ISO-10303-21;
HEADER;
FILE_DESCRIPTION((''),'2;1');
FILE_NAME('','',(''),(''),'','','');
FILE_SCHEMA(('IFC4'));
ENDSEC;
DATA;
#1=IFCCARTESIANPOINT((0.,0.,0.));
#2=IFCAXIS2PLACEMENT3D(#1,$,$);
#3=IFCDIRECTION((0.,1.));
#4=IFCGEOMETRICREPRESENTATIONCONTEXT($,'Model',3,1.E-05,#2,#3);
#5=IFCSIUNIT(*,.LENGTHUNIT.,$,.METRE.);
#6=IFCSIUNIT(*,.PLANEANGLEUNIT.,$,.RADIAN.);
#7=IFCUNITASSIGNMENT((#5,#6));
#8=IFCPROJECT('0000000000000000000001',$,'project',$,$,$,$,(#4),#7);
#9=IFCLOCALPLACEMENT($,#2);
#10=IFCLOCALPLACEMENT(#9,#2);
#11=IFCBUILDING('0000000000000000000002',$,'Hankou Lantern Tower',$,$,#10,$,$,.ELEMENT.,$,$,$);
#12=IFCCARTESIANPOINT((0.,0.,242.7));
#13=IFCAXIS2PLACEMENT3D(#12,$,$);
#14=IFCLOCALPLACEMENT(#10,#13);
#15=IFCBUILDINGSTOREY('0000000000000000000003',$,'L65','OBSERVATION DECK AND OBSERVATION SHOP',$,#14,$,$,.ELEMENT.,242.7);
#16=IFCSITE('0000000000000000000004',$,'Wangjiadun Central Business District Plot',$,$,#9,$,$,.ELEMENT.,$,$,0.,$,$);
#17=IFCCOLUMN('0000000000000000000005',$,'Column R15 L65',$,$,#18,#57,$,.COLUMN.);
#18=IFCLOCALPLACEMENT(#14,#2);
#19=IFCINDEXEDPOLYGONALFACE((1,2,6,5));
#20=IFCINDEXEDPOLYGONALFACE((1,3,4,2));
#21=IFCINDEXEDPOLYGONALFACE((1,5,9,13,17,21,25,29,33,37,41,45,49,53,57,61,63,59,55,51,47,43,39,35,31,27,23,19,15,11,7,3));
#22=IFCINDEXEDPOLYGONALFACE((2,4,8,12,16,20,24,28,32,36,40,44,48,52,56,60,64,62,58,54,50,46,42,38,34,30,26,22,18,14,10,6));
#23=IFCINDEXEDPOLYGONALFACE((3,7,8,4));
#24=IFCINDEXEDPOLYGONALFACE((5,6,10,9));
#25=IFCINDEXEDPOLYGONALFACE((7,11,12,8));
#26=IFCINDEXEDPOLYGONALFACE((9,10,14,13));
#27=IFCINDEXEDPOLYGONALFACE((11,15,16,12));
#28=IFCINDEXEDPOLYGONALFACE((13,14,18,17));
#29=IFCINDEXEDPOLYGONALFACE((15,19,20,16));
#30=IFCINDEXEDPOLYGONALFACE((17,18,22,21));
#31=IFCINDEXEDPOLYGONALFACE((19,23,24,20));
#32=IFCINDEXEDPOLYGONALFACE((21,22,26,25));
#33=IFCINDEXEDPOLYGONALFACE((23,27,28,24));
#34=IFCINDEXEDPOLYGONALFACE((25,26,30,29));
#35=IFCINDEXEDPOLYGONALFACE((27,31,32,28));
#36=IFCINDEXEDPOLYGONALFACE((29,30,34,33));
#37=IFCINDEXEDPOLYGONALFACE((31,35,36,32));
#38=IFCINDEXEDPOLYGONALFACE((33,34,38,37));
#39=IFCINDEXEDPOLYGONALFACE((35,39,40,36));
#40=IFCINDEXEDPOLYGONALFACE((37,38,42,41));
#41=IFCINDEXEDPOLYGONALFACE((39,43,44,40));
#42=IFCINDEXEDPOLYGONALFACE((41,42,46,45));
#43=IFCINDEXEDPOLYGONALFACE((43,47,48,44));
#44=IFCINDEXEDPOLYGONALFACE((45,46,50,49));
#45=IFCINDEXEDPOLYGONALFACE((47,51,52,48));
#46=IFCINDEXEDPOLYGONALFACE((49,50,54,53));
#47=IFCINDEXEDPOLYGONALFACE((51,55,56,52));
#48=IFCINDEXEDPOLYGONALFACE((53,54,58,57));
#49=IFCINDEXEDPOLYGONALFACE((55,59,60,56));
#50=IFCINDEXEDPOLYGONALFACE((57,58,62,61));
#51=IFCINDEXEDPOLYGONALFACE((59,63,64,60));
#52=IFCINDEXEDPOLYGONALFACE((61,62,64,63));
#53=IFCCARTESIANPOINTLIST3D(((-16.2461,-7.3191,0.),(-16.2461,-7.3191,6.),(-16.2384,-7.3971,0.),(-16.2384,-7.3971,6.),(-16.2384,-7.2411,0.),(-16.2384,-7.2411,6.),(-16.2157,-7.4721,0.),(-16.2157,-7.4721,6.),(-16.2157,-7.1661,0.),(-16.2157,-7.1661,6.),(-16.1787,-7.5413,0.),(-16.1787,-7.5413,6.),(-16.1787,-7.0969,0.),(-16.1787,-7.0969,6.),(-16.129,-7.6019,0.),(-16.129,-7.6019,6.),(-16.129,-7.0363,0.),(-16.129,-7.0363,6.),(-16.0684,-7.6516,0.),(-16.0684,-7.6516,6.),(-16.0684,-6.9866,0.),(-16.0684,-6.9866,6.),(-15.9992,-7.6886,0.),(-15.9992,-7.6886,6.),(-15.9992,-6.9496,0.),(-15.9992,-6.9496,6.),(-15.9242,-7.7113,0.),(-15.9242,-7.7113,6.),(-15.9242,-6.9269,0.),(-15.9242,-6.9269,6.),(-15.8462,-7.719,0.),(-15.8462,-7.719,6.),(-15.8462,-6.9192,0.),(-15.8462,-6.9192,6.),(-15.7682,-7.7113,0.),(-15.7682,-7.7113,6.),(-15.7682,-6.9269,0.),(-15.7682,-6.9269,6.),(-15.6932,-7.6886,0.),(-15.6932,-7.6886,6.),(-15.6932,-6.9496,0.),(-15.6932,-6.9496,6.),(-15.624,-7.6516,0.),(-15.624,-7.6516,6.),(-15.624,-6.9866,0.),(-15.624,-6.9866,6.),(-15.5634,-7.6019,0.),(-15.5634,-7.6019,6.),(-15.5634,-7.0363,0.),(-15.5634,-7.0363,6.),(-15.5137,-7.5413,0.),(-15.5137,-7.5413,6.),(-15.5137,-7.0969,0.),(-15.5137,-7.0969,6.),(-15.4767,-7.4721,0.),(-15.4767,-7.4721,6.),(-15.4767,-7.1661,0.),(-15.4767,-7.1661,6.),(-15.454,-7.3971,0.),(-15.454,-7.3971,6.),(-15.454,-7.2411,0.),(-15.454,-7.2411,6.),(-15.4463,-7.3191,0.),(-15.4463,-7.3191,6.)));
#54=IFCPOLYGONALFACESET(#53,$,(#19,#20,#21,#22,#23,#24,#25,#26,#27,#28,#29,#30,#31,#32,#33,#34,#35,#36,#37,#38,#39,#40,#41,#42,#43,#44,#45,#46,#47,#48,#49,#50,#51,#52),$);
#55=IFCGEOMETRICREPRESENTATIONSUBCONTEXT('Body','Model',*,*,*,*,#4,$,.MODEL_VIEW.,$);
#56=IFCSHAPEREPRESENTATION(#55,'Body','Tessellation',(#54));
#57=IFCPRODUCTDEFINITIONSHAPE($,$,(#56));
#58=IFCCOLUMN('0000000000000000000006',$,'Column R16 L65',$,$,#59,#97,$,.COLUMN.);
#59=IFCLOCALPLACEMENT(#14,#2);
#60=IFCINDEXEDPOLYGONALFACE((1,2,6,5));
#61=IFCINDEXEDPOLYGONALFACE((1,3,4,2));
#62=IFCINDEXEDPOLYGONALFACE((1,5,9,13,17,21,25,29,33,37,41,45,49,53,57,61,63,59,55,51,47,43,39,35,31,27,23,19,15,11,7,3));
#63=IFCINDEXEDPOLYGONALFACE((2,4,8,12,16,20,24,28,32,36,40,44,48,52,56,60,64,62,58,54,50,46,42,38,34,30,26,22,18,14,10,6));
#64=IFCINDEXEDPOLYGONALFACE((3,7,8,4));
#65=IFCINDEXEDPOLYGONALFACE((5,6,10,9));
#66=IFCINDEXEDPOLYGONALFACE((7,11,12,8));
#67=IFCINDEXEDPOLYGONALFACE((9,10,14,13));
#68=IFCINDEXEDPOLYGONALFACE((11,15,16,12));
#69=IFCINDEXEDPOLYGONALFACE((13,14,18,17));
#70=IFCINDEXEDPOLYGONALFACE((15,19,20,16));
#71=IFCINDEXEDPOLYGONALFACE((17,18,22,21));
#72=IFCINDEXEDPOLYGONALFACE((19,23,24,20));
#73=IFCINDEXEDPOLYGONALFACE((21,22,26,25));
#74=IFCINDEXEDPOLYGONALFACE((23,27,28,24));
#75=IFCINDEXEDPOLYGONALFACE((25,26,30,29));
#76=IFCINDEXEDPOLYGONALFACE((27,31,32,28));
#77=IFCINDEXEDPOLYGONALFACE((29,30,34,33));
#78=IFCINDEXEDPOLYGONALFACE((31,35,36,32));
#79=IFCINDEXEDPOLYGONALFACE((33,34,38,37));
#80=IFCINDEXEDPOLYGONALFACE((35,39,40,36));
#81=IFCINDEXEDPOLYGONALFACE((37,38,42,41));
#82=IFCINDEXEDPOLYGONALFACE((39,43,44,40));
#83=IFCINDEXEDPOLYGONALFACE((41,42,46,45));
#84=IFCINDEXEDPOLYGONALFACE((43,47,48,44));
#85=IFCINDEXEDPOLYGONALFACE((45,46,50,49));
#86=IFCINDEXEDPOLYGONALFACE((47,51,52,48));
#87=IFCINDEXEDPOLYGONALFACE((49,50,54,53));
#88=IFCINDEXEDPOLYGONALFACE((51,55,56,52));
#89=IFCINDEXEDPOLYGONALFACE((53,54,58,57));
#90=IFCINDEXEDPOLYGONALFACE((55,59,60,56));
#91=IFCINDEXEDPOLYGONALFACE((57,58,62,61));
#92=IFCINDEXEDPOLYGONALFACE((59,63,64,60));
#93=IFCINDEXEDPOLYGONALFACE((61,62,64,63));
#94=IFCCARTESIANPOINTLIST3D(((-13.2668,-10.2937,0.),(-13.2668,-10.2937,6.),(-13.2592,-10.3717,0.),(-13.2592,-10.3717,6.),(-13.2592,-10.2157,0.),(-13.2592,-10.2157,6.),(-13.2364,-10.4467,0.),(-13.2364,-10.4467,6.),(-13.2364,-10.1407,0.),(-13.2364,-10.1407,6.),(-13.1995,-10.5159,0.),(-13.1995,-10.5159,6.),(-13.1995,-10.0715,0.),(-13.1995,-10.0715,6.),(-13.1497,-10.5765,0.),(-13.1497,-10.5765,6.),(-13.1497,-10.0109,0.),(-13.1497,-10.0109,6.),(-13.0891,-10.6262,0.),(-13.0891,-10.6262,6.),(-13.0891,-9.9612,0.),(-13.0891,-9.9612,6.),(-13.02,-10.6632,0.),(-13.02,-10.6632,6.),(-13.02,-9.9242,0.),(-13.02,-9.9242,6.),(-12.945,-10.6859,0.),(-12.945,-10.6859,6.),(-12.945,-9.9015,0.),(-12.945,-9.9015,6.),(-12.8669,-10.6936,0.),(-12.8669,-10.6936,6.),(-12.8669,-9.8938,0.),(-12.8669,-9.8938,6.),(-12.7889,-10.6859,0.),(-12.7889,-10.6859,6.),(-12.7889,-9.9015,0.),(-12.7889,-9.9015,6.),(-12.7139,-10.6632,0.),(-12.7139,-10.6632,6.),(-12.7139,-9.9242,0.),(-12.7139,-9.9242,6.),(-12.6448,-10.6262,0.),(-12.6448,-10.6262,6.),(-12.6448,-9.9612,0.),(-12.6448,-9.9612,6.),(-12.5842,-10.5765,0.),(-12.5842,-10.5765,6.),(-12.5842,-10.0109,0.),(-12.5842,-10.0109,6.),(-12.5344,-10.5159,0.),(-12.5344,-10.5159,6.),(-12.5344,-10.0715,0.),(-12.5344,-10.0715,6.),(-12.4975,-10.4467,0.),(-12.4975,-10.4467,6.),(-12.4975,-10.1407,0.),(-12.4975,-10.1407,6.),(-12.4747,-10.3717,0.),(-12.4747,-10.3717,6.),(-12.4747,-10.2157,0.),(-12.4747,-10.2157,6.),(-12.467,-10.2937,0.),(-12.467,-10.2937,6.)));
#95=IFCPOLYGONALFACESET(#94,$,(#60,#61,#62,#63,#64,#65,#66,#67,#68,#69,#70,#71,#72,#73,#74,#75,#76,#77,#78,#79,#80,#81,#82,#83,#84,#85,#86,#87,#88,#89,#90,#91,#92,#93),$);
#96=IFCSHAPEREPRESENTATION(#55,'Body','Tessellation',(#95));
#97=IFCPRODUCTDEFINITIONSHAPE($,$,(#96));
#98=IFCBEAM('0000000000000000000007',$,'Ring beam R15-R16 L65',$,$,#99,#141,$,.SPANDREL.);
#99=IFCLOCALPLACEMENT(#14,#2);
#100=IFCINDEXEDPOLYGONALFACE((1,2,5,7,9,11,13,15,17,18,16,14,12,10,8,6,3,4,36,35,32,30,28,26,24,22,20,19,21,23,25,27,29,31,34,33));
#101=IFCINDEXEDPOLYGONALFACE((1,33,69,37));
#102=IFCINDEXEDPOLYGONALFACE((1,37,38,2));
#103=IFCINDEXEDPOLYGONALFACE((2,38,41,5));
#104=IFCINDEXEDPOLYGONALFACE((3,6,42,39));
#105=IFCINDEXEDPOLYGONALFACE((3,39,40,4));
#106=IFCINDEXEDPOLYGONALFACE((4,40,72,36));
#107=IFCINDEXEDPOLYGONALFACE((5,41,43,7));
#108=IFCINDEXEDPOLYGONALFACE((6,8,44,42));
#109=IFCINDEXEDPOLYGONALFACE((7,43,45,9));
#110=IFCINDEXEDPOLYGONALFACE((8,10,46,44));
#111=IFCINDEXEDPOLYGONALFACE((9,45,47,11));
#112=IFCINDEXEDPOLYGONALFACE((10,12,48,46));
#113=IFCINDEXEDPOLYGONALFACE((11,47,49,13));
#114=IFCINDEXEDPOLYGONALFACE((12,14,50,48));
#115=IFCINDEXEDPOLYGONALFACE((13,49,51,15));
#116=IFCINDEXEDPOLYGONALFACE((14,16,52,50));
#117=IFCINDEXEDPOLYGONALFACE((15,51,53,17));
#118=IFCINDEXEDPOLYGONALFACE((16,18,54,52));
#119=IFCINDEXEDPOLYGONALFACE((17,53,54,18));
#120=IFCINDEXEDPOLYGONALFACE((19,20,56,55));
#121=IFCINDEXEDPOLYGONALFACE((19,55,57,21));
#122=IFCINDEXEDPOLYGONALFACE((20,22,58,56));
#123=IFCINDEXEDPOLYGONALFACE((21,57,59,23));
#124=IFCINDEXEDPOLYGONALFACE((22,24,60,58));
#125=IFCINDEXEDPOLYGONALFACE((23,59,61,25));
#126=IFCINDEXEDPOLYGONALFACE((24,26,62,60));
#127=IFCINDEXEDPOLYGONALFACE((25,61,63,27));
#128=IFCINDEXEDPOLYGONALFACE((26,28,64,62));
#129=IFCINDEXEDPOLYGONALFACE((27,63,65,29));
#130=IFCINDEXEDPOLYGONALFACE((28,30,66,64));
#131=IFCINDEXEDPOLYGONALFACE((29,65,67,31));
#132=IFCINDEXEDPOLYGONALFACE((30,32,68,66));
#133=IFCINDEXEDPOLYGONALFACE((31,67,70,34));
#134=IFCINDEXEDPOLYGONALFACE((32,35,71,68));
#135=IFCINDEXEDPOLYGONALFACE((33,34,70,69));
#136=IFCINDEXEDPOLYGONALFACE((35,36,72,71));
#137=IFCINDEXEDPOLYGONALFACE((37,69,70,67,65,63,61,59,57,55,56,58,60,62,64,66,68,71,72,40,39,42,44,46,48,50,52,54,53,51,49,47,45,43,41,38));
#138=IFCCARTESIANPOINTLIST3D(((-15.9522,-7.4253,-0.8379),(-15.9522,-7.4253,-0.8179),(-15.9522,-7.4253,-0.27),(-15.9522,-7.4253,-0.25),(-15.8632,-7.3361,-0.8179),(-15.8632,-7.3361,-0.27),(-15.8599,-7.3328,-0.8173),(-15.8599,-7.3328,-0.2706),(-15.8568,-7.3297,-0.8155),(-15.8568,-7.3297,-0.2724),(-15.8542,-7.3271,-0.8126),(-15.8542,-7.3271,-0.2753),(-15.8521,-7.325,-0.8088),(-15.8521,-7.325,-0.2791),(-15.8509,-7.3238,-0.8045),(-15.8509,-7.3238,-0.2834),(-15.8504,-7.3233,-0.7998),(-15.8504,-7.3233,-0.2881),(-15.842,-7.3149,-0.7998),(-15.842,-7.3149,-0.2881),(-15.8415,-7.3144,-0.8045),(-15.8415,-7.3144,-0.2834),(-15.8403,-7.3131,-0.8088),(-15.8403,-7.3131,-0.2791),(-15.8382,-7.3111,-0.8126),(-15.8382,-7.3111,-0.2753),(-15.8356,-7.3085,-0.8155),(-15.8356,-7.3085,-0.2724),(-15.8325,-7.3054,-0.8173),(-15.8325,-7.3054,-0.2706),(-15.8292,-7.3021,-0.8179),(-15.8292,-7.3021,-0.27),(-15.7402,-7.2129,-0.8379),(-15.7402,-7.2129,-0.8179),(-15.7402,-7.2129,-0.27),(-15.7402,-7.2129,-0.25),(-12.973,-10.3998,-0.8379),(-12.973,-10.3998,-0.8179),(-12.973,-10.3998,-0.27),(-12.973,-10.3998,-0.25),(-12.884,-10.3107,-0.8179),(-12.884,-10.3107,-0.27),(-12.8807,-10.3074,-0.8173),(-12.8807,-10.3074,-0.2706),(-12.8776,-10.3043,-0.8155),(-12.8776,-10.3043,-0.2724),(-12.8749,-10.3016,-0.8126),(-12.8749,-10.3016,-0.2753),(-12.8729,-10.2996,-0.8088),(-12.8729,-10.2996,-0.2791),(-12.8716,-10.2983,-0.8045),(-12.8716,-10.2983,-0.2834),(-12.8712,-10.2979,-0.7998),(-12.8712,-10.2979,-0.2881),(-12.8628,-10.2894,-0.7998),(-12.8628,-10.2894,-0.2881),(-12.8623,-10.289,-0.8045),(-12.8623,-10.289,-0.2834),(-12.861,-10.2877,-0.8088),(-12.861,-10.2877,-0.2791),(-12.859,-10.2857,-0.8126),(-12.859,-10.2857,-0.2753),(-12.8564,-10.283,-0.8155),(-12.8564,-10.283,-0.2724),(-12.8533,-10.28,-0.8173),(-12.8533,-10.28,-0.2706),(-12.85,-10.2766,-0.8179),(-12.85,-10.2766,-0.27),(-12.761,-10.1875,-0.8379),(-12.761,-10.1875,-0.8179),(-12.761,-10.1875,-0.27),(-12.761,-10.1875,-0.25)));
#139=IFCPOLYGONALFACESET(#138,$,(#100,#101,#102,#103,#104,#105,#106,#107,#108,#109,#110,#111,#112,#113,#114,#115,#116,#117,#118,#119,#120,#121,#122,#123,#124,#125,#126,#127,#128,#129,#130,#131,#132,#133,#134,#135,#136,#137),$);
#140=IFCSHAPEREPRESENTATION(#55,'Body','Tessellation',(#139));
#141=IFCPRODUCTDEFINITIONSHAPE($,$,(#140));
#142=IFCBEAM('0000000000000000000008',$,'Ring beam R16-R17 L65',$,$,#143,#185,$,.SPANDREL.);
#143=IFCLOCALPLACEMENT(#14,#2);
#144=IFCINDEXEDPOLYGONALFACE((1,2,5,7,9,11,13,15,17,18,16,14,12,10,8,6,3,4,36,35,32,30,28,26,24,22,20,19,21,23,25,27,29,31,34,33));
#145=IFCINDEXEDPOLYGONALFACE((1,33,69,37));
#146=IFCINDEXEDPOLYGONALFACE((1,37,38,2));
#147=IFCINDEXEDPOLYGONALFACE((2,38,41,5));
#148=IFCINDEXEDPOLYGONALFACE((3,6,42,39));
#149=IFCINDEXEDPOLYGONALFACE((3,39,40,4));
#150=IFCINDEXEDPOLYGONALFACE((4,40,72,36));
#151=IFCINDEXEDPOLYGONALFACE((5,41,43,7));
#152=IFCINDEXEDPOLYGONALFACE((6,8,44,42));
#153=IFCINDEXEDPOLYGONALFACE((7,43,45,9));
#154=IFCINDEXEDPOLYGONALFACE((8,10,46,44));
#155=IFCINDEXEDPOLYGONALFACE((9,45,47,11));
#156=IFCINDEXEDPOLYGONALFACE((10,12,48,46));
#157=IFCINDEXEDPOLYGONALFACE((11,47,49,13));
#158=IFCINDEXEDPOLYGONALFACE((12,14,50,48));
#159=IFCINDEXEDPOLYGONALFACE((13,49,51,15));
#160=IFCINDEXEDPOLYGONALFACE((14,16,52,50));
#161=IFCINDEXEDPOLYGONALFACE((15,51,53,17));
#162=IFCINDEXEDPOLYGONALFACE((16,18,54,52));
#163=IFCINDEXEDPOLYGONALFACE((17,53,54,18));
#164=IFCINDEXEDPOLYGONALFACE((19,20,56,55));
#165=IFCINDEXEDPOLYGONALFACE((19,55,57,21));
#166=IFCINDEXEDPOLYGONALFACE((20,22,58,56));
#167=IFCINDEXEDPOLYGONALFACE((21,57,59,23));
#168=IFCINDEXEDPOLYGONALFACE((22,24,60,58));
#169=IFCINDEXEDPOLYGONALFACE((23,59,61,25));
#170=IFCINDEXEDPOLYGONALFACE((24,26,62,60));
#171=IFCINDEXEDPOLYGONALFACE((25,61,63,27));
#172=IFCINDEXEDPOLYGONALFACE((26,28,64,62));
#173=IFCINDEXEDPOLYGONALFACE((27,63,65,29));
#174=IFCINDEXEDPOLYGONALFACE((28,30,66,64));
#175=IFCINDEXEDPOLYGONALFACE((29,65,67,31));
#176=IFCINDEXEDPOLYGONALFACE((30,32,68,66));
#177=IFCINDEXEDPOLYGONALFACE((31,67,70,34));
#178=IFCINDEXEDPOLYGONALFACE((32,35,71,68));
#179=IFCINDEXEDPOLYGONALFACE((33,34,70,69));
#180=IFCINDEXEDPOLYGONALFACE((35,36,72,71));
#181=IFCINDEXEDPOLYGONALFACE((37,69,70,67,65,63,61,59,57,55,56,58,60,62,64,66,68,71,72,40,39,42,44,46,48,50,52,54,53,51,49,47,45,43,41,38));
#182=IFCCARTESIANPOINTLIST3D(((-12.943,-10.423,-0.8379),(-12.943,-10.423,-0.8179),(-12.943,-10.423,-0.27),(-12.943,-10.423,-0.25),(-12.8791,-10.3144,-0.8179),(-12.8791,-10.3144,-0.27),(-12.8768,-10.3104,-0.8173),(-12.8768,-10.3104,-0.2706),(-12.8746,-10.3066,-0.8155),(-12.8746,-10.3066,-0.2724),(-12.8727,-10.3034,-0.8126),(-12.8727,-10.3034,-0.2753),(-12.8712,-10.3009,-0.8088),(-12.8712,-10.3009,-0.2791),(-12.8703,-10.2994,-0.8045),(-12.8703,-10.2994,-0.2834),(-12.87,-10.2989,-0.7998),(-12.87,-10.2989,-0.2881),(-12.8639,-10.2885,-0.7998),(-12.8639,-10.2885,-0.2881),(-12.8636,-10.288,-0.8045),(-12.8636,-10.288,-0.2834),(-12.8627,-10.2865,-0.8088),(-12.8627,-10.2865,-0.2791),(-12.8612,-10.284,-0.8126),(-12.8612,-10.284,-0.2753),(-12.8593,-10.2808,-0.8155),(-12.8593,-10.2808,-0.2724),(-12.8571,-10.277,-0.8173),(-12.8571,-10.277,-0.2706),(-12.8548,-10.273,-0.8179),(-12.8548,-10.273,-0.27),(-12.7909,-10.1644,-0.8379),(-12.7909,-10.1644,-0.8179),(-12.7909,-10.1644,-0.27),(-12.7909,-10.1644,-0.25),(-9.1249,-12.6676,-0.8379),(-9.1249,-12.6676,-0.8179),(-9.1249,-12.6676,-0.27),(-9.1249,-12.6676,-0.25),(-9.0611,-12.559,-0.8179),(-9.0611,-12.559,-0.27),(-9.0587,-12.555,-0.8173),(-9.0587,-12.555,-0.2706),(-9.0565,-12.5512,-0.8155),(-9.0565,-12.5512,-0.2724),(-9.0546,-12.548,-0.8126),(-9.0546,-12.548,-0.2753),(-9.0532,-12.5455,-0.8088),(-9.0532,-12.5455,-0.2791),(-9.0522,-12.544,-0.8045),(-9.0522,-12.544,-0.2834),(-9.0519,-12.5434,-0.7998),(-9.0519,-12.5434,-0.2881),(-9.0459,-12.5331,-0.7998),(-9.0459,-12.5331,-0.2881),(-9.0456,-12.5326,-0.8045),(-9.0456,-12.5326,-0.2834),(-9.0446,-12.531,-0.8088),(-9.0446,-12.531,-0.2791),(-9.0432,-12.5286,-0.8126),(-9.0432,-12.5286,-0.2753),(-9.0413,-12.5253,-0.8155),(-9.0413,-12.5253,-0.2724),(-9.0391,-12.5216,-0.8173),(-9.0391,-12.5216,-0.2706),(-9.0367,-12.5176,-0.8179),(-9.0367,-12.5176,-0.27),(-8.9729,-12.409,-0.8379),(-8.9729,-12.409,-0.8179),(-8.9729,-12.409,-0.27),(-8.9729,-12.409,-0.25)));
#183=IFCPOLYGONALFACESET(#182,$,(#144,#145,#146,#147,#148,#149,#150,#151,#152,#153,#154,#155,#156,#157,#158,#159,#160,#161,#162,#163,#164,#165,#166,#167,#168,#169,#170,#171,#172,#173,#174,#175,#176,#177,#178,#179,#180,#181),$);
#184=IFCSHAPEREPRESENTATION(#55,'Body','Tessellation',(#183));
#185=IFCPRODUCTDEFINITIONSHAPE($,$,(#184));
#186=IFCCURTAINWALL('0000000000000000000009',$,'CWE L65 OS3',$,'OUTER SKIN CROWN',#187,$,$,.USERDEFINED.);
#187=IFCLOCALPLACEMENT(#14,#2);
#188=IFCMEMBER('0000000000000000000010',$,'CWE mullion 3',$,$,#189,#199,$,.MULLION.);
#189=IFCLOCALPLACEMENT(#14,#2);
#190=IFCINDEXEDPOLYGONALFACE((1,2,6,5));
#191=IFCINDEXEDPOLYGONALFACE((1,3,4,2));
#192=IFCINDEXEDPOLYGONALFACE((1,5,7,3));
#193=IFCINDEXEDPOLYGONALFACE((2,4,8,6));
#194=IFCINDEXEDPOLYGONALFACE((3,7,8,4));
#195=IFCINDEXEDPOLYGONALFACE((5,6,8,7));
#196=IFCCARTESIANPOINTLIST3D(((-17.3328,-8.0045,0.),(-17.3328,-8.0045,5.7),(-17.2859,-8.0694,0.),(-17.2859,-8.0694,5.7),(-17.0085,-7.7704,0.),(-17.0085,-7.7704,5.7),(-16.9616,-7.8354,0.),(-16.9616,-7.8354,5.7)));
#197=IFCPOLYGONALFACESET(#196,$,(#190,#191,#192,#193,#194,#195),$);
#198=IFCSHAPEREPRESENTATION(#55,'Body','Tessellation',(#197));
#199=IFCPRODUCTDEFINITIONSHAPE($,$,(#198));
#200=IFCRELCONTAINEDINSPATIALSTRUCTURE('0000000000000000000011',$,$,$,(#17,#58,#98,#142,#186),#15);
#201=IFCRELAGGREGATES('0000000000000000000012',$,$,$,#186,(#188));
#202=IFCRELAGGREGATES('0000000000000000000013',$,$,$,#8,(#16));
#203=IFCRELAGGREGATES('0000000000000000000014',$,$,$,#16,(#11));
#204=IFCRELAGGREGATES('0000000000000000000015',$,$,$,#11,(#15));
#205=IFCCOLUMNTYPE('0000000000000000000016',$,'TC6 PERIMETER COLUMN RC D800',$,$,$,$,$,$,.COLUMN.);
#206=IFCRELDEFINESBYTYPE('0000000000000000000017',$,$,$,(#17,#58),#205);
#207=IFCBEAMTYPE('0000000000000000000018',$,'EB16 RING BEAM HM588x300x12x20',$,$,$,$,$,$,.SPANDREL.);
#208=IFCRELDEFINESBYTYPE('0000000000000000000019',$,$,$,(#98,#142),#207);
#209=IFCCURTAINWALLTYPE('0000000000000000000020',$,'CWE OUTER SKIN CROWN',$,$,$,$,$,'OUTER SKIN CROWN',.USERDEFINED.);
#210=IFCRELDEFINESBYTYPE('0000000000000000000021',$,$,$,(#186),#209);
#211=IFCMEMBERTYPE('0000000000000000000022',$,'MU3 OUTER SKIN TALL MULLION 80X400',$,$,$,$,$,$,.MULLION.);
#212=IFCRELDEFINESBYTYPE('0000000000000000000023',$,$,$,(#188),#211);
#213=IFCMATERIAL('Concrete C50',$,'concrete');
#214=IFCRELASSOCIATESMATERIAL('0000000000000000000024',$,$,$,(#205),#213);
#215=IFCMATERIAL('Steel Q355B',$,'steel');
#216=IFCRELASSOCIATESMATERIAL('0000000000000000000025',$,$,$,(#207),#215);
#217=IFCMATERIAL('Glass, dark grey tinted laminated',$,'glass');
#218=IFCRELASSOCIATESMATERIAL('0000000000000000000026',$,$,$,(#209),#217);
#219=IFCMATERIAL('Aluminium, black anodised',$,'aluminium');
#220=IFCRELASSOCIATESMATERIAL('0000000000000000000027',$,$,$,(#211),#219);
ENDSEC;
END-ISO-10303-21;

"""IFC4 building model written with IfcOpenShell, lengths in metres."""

from ifc_helpers import new_model, si_unit, direction, frame, origin, origin_2d, place, context, subcontext, project, spatial, rectangle, circle, i_section, extrude, material, material_profile, profile_set, type_object, element, aggregate, save


model = new_model("IFC4")

# Units and contexts
model_context = context("Model", 3, precision=1e-05, world=origin(), true_north=direction((0.0, 1.0)))
body_context = subcontext(model_context, "Body", "Model", "MODEL_VIEW")
ifc_project = project(units=[si_unit("LENGTHUNIT", "METRE"), si_unit("PLANEANGLEUNIT", "RADIAN")], contexts=[model_context])

# Site, building, storey
site_placement = place(None, origin())
site = spatial("IfcSite", under=ifc_project, at=site_placement, Name="Wangjiadun Central Business District Plot", CompositionType="ELEMENT", RefElevation=0.0)
building_placement = place(site_placement, origin())
building = spatial("IfcBuilding", under=site, at=building_placement, Name="Hankou Lantern Tower", CompositionType="ELEMENT")
storey_placement = place(building_placement, frame((0.0, 0.0, 242.7)))
storey = spatial("IfcBuildingStorey", under=building, at=storey_placement, Name="L65", Description="OBSERVATION DECK AND OBSERVATION SHOP", CompositionType="ELEMENT", Elevation=242.7)

# Columns
ifc_material_1 = material(Name="Concrete C50", Category="concrete")
ifc_material_profile_1 = material_profile(ifc_material_1, circle(Radius=0.3999, at=origin_2d()), Name="RC D800")
ifc_profile_set_1 = profile_set([ifc_material_profile_1], Name="Concrete C50")
column_type = type_object("IfcColumnType", Name="TC6 PERIMETER COLUMN RC D800", PredefinedType="COLUMN", material=ifc_profile_set_1)
for number, where, z_axis, x_axis, name in (
    (1, (-15.8462, -7.3191, 0.0), (0.0, 0.0, 1.0), (1.0, 0.0, 0.0), "Column R15 L65"),
    (2, (-12.8669, -10.2937, 0.0), (0.0, 0.0, 1.0), (1.0, 0.0, 0.0), "Column R16 L65"),
):
    element("IfcColumn", number, at=place(storey_placement, frame(where, z_axis=z_axis, x_axis=x_axis)), inside=storey, type_object=column_type, Name=name, PredefinedType="COLUMN", context=body_context, shape_type="SweptSolid", body=[
        extrude(circle(Radius=0.3999, at=origin_2d()), origin(), (0.0, 0.0, 1.0), 6.0),
    ])

# Beams
ifc_material_2 = material(Name="Steel Q355B", Category="steel")
ifc_material_profile_2 = material_profile(ifc_material_2, i_section(OverallWidth=0.3, OverallDepth=0.5879, WebThickness=0.012, FlangeThickness=0.02, FilletRadius=0.0181, at=origin_2d()), Name="HM588x300x12x20")
ifc_profile_set_2 = profile_set([ifc_material_profile_2], Name="Steel Q355B")
beam_type_1 = type_object("IfcBeamType", Name="EB16 RING BEAM HM588x300x12x20", PredefinedType="SPANDREL", material=ifc_profile_set_2)
beam_1_placement = place(storey_placement, frame((-15.8462, -7.3191, -0.5439), z_axis=(0.707657, -0.706556, 0.0), x_axis=(0.706556, 0.707657, 0.0)))
element("IfcBeam", 3, at=beam_1_placement, inside=storey, type_object=beam_type_1, Name="Ring beam R15-R16 L65", PredefinedType="SPANDREL", context=body_context, shape_type="SweptSolid", body=[
    extrude(i_section(OverallWidth=0.3, OverallDepth=0.5879, WebThickness=0.012, FlangeThickness=0.02, FilletRadius=0.0181, at=origin_2d()), origin(), (0.0, 0.0, 1.0), 4.21),
])
beam_2_placement = place(storey_placement, frame((-12.8669, -10.2937, -0.5439), z_axis=(0.862065, -0.506798, 0.0), x_axis=(0.506798, 0.862065, 0.0)))
element("IfcBeam", 4, at=beam_2_placement, inside=storey, type_object=beam_type_1, Name="Ring beam R16-R17 L65", PredefinedType="SPANDREL", context=body_context, shape_type="SweptSolid", body=[
    extrude(i_section(OverallWidth=0.3, OverallDepth=0.5879, WebThickness=0.012, FlangeThickness=0.02, FilletRadius=0.0181, at=origin_2d()), origin(), (0.0, 0.0, 1.0), 4.429),
])

# Curtain wall, member
ifc_material_3 = material(Name="Glass, dark grey tinted laminated", Category="glass")
curtain_wall_type = type_object("IfcCurtainWallType", Name="CWE OUTER SKIN CROWN", ElementType="OUTER SKIN CROWN", PredefinedType="USERDEFINED", material=ifc_material_3)
curtain_wall_placement = place(storey_placement, origin())
curtain_wall = element("IfcCurtainWall", 5, at=curtain_wall_placement, inside=storey, type_object=curtain_wall_type, Name="CWE L65 OS3", ObjectType="OUTER SKIN CROWN", PredefinedType="USERDEFINED")
ifc_material_4 = material(Name="Aluminium, black anodised", Category="aluminium")
ifc_material_profile_3 = material_profile(ifc_material_4, rectangle(XDim=0.0801, YDim=0.3999, at=origin_2d()), Name="MU3 80X400")
ifc_profile_set_3 = profile_set([ifc_material_profile_3], Name="Aluminium, black anodised")
member_type_1 = type_object("IfcMemberType", Name="MU3 OUTER SKIN TALL MULLION 80X400", PredefinedType="MULLION", material=ifc_profile_set_3)
member_1_placement = place(storey_placement, frame((-17.1472, -7.9199, 0.0), z_axis=(0.0, 0.0, 1.0), x_axis=(0.585206, -0.810885, 0.0)))
member_1 = element("IfcMember", 6, at=member_1_placement, type_object=member_type_1, Name="CWE mullion 3", PredefinedType="MULLION", context=body_context, shape_type="SweptSolid", body=[
    extrude(rectangle(XDim=0.0801, YDim=0.3999, at=origin_2d()), origin(), (0.0, 0.0, 1.0), 5.7),
])

aggregate(curtain_wall, [member_1])

save(model, "model.ifc")
